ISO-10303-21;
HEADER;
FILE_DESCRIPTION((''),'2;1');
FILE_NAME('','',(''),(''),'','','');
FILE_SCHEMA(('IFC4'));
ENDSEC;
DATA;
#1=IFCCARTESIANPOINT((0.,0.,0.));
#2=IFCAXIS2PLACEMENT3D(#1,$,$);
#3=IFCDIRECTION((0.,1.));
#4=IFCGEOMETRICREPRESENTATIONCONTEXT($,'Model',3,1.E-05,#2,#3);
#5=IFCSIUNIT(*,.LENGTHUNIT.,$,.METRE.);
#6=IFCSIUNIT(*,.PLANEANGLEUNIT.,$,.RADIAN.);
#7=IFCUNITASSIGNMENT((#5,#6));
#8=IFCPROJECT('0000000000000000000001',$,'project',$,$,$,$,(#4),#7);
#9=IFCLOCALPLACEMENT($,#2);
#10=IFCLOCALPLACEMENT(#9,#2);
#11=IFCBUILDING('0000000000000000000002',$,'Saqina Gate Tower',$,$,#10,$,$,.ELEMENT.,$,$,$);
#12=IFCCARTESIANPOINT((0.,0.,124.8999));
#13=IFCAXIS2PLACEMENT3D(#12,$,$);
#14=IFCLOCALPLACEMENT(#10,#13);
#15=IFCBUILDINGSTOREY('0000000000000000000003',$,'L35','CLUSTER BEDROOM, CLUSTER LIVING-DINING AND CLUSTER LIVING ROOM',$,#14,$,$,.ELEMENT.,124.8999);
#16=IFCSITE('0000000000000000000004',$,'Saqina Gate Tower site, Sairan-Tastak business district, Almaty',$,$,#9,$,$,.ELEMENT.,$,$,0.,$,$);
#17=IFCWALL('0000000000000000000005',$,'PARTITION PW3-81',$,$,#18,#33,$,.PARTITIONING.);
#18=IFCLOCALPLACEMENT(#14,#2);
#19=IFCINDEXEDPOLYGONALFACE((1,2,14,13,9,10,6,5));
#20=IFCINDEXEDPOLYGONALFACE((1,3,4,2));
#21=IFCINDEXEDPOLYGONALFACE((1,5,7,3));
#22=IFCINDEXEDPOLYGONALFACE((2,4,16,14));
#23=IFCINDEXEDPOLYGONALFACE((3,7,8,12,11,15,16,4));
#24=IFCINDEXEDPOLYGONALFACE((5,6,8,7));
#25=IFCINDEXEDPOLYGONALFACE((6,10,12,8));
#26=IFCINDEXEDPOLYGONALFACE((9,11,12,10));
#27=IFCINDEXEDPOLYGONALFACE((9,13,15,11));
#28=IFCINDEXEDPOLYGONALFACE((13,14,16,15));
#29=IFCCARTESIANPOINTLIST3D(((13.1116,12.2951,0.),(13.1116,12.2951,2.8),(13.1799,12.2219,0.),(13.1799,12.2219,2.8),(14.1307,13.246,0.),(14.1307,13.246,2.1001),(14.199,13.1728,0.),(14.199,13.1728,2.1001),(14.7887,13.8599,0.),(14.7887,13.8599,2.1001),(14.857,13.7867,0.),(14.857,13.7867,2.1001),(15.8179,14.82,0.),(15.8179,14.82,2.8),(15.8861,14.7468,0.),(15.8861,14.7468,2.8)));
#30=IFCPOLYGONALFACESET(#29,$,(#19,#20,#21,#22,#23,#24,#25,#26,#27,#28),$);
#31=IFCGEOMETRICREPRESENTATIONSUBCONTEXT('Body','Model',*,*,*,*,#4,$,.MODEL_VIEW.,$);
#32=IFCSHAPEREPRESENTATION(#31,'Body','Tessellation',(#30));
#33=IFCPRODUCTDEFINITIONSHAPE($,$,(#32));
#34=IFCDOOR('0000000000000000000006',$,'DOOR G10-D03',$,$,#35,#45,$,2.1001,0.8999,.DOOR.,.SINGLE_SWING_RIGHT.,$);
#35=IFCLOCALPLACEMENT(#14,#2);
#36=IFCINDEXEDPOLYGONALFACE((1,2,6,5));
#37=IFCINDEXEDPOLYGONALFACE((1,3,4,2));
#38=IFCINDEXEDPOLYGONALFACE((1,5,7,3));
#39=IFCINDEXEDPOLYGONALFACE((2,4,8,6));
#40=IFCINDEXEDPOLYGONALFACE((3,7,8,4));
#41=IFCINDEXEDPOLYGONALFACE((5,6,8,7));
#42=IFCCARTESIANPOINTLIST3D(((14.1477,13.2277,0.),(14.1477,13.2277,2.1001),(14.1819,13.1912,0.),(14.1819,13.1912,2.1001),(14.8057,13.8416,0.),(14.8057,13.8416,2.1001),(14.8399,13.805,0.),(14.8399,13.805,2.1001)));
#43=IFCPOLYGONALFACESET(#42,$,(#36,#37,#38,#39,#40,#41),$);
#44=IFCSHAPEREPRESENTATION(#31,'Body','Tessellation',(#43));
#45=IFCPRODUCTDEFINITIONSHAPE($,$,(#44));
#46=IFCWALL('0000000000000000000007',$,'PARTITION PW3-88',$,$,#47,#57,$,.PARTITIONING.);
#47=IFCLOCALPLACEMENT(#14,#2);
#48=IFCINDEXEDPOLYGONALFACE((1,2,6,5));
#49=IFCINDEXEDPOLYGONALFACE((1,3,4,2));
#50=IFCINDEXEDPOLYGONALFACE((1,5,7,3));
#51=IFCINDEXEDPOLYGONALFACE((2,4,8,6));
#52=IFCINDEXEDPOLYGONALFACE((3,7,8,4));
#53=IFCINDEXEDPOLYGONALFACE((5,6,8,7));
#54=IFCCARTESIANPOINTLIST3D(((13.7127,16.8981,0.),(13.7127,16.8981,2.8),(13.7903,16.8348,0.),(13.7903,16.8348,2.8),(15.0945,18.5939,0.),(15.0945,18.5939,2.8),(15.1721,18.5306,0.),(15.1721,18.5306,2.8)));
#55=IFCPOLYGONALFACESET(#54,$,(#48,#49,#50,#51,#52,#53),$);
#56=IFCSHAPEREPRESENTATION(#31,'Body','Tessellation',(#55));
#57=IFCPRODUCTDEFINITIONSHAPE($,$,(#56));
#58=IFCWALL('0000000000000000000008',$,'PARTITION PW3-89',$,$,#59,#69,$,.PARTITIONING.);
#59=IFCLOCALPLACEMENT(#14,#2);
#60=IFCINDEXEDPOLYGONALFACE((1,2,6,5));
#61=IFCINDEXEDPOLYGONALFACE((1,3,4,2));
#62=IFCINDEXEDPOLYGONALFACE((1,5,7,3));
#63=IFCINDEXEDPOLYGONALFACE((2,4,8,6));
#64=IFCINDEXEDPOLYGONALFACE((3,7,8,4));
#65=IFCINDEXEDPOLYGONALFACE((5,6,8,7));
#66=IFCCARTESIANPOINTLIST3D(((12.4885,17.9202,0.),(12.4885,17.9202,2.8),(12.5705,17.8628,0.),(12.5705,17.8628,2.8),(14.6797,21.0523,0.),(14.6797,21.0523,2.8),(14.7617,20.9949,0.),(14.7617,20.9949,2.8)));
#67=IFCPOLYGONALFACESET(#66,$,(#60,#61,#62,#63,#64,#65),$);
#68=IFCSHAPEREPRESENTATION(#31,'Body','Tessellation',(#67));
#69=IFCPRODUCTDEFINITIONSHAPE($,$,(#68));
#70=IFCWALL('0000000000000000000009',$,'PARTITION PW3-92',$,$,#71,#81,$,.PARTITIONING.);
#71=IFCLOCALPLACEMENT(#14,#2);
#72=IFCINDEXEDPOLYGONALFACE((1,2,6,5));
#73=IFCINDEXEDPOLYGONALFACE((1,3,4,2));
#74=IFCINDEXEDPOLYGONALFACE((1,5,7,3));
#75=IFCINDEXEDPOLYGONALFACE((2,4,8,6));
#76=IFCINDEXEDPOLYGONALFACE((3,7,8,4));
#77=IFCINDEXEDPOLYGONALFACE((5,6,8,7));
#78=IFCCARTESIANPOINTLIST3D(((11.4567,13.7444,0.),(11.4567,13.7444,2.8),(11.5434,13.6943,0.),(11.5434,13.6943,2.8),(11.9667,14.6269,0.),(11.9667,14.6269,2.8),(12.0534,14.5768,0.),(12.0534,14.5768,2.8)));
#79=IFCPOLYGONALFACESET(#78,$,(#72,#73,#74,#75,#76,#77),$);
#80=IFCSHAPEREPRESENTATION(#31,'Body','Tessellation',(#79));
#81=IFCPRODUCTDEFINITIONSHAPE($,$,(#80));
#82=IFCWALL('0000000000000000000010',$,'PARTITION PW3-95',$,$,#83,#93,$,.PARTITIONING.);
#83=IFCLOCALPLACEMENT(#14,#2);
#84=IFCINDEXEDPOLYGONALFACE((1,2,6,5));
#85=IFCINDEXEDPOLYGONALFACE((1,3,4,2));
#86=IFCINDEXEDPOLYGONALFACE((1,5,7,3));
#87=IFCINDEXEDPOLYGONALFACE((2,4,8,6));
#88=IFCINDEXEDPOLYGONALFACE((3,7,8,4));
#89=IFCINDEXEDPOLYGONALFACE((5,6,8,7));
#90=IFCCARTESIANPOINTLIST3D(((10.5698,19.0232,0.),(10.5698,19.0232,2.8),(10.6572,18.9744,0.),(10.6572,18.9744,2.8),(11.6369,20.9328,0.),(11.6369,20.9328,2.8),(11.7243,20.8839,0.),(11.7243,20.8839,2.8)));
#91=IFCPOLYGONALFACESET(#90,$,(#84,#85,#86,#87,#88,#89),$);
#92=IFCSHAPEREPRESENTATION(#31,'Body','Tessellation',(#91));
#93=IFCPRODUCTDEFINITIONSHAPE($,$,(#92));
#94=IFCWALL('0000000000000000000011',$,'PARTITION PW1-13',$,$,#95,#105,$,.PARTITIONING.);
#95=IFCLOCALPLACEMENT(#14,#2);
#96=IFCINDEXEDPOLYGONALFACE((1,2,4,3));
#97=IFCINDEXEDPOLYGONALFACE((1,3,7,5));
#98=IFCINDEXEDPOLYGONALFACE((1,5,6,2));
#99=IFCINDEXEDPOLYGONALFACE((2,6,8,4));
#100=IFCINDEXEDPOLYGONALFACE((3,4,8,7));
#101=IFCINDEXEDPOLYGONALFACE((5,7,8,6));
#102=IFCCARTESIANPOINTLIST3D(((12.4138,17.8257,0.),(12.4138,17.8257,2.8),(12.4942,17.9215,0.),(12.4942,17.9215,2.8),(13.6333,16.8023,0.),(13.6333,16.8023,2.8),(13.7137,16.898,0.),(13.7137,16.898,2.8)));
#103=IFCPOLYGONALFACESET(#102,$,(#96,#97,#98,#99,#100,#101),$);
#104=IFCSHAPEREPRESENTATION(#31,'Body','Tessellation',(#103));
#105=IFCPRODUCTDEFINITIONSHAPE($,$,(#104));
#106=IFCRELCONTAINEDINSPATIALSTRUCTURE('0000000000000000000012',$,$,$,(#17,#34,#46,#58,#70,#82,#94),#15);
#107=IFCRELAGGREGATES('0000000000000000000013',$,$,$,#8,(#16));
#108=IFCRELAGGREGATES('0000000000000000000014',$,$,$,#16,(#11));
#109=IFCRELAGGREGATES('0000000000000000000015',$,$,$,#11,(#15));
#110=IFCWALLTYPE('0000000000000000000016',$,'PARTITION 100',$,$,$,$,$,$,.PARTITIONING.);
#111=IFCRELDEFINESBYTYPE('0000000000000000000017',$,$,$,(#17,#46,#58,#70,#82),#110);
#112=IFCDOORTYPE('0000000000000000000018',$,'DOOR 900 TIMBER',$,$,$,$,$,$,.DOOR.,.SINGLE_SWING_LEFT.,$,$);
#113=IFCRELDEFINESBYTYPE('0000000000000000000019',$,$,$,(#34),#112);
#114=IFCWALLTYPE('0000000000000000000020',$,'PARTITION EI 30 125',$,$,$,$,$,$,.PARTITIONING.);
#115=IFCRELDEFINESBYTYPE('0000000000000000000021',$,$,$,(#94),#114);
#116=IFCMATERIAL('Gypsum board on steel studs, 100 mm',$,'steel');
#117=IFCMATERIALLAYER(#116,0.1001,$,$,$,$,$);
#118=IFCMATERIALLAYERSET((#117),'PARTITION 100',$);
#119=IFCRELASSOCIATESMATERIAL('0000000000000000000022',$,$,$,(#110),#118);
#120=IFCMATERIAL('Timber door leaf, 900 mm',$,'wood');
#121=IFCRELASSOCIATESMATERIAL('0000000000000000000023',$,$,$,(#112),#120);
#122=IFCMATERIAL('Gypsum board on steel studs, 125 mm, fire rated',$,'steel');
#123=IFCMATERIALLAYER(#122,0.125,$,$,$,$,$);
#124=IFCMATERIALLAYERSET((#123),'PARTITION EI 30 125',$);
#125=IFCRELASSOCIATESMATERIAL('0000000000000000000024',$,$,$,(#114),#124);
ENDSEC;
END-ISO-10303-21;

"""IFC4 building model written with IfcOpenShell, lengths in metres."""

from ifc_helpers import new_model, si_unit, direction, frame, frame_2d, origin, place, context, subcontext, project, spatial, rectangle, extrude, material, layer, layer_set, type_object, element, fill, save


model = new_model("IFC4")

# Units and contexts
model_context = context("Model", 3, precision=1e-05, world=origin(), true_north=direction((0.0, 1.0)))
body_context = subcontext(model_context, "Body", "Model", "MODEL_VIEW")
ifc_project = project(units=[si_unit("LENGTHUNIT", "METRE"), si_unit("PLANEANGLEUNIT", "RADIAN")], contexts=[model_context])

# Site, building, storey
site_placement = place(None, origin())
site = spatial("IfcSite", under=ifc_project, at=site_placement, Name="Saqina Gate Tower site, Sairan-Tastak business district, Almaty", CompositionType="ELEMENT", RefElevation=0.0)
building_placement = place(site_placement, origin())
building = spatial("IfcBuilding", under=site, at=building_placement, Name="Saqina Gate Tower", CompositionType="ELEMENT")
storey_placement = place(building_placement, frame((0.0, 0.0, 124.8999)))
storey = spatial("IfcBuildingStorey", under=building, at=storey_placement, Name="L35", Description="CLUSTER BEDROOM, CLUSTER LIVING-DINING AND CLUSTER LIVING ROOM", CompositionType="ELEMENT", Elevation=124.8999)

# Shared definitions
ifc_material_1 = material(Name="Gypsum board on steel studs, 100 mm", Category="steel")
ifc_layer_1 = layer(ifc_material_1, 0.1001)
ifc_layer_set_1 = layer_set([ifc_layer_1], Name="PARTITION 100")
wall_type_1 = type_object("IfcWallType", Name="PARTITION 100", PredefinedType="PARTITIONING", material=ifc_layer_set_1)

# Wall, opening, door
wall_1_placement = place(storey_placement, frame((13.1458, 12.2585, 0.0), z_axis=(0.0, 0.0, 1.0), x_axis=(0.731187, 0.682177, 0.0)))
wall_1 = element("IfcWall", 1, at=wall_1_placement, inside=storey, type_object=wall_type_1, Name="PARTITION PW3-81", PredefinedType="PARTITIONING", context=body_context, shape_type="SweptSolid", body=[
    extrude(rectangle(XDim=3.7012, YDim=0.1001, at=frame_2d((1.8506, 0.0))), origin(), (0.0, 0.0, 1.0), 2.8),
])
opening_1_placement = place(wall_1_placement, frame((1.3938, 0.0, 0.0)))
opening_1 = element("IfcOpeningElement", 2, at=opening_1_placement, cuts=wall_1, PredefinedType="OPENING", context=body_context, shape_type="SweptSolid", body=[
    extrude(rectangle(XDim=0.8999, YDim=2.1001, at=frame_2d((0.45, 1.05))), frame((0.0, 0.062, 0.0), z_axis=(0.0, -1.0, 0.0), x_axis=(1.0, 0.0, 0.0)), (0.0, 0.0, 1.0), 0.124),
])
ifc_material_2 = material(Name="Timber door leaf, 900 mm", Category="wood")
door_type_1 = type_object("IfcDoorType", Name="DOOR 900 TIMBER", OperationType="SINGLE_SWING_LEFT", PredefinedType="DOOR", material=ifc_material_2)
door_1_placement = place(opening_1_placement, frame((0.8999, 0.0, 0.0), z_axis=(0.0, 0.0, 1.0), x_axis=(-1.0, 0.0, 0.0)))
door_1 = element("IfcDoor", 3, at=door_1_placement, inside=storey, type_object=door_type_1, Name="DOOR G10-D03", OperationType="SINGLE_SWING_RIGHT", OverallHeight=2.1001, OverallWidth=0.8999, PredefinedType="DOOR", context=body_context, shape_type="SweptSolid", body=[
    extrude(rectangle(XDim=0.8999, YDim=2.1001, at=frame_2d((0.45, 1.05))), frame((0.0, 0.0249, 0.0), z_axis=(0.0, -1.0, 0.0), x_axis=(1.0, 0.0, 0.0)), (0.0, 0.0, 1.0), 0.05),
])
fill(opening_1, door_1)

# Walls
wall_2_placement = place(storey_placement, frame((13.7515, 16.8665, 0.0), z_axis=(0.0, 0.0, 1.0), x_axis=(0.631693, 0.775219, 0.0)))
element("IfcWall", 4, at=wall_2_placement, inside=storey, type_object=wall_type_1, Name="PARTITION PW3-88", PredefinedType="PARTITIONING", context=body_context, shape_type="SweptSolid", body=[
    extrude(rectangle(XDim=2.1875, YDim=0.1001, at=frame_2d((1.0938, 0.0))), origin(), (0.0, 0.0, 1.0), 2.8),
])
wall_3_placement = place(storey_placement, frame((12.5295, 17.8916, 0.0), z_axis=(0.0, 0.0, 1.0), x_axis=(0.573235, 0.819391, 0.0)))
element("IfcWall", 5, at=wall_3_placement, inside=storey, type_object=wall_type_1, Name="PARTITION PW3-89", PredefinedType="PARTITIONING", context=body_context, shape_type="SweptSolid", body=[
    extrude(rectangle(XDim=3.8225, YDim=0.1001, at=frame_2d((1.9111, 0.0))), origin(), (0.0, 0.0, 1.0), 2.8),
])
wall_4_placement = place(storey_placement, frame((11.5, 13.7192, 0.0), z_axis=(0.0, 0.0, 1.0), x_axis=(0.500337, 0.86583, 0.0)))
element("IfcWall", 6, at=wall_4_placement, inside=storey, type_object=wall_type_1, Name="PARTITION PW3-92", PredefinedType="PARTITIONING", context=body_context, shape_type="SweptSolid", body=[
    extrude(rectangle(XDim=1.0193, YDim=0.1001, at=frame_2d((0.5098, 0.0))), origin(), (0.0, 0.0, 1.0), 2.8),
])
wall_5_placement = place(storey_placement, frame((10.6135, 18.9988, 0.0), z_axis=(0.0, 0.0, 1.0), x_axis=(0.487811, 0.872949, 0.0)))
element("IfcWall", 7, at=wall_5_placement, inside=storey, type_object=wall_type_1, Name="PARTITION PW3-95", PredefinedType="PARTITIONING", context=body_context, shape_type="SweptSolid", body=[
    extrude(rectangle(XDim=2.1875, YDim=0.1001, at=frame_2d((1.0938, 0.0))), origin(), (0.0, 0.0, 1.0), 2.8),
])
ifc_material_3 = material(Name="Gypsum board on steel studs, 125 mm, fire rated", Category="steel")
ifc_layer_2 = layer(ifc_material_3, 0.125)
ifc_layer_set_2 = layer_set([ifc_layer_2], Name="PARTITION EI 30 125")
wall_type_2 = type_object("IfcWallType", Name="PARTITION EI 30 125", PredefinedType="PARTITIONING", material=ifc_layer_set_2)
wall_6_placement = place(storey_placement, frame((12.4541, 17.8735, 0.0), z_axis=(0.0, 0.0, 1.0), x_axis=(0.765992, -0.64285, 0.0)))
element("IfcWall", 8, at=wall_6_placement, inside=storey, type_object=wall_type_2, Name="PARTITION PW1-13", PredefinedType="PARTITIONING", context=body_context, shape_type="SweptSolid", body=[
    extrude(rectangle(XDim=1.592, YDim=0.125, at=frame_2d((0.7959, 0.0))), origin(), (0.0, 0.0, 1.0), 2.8),
])

save(model, "model.ifc")
